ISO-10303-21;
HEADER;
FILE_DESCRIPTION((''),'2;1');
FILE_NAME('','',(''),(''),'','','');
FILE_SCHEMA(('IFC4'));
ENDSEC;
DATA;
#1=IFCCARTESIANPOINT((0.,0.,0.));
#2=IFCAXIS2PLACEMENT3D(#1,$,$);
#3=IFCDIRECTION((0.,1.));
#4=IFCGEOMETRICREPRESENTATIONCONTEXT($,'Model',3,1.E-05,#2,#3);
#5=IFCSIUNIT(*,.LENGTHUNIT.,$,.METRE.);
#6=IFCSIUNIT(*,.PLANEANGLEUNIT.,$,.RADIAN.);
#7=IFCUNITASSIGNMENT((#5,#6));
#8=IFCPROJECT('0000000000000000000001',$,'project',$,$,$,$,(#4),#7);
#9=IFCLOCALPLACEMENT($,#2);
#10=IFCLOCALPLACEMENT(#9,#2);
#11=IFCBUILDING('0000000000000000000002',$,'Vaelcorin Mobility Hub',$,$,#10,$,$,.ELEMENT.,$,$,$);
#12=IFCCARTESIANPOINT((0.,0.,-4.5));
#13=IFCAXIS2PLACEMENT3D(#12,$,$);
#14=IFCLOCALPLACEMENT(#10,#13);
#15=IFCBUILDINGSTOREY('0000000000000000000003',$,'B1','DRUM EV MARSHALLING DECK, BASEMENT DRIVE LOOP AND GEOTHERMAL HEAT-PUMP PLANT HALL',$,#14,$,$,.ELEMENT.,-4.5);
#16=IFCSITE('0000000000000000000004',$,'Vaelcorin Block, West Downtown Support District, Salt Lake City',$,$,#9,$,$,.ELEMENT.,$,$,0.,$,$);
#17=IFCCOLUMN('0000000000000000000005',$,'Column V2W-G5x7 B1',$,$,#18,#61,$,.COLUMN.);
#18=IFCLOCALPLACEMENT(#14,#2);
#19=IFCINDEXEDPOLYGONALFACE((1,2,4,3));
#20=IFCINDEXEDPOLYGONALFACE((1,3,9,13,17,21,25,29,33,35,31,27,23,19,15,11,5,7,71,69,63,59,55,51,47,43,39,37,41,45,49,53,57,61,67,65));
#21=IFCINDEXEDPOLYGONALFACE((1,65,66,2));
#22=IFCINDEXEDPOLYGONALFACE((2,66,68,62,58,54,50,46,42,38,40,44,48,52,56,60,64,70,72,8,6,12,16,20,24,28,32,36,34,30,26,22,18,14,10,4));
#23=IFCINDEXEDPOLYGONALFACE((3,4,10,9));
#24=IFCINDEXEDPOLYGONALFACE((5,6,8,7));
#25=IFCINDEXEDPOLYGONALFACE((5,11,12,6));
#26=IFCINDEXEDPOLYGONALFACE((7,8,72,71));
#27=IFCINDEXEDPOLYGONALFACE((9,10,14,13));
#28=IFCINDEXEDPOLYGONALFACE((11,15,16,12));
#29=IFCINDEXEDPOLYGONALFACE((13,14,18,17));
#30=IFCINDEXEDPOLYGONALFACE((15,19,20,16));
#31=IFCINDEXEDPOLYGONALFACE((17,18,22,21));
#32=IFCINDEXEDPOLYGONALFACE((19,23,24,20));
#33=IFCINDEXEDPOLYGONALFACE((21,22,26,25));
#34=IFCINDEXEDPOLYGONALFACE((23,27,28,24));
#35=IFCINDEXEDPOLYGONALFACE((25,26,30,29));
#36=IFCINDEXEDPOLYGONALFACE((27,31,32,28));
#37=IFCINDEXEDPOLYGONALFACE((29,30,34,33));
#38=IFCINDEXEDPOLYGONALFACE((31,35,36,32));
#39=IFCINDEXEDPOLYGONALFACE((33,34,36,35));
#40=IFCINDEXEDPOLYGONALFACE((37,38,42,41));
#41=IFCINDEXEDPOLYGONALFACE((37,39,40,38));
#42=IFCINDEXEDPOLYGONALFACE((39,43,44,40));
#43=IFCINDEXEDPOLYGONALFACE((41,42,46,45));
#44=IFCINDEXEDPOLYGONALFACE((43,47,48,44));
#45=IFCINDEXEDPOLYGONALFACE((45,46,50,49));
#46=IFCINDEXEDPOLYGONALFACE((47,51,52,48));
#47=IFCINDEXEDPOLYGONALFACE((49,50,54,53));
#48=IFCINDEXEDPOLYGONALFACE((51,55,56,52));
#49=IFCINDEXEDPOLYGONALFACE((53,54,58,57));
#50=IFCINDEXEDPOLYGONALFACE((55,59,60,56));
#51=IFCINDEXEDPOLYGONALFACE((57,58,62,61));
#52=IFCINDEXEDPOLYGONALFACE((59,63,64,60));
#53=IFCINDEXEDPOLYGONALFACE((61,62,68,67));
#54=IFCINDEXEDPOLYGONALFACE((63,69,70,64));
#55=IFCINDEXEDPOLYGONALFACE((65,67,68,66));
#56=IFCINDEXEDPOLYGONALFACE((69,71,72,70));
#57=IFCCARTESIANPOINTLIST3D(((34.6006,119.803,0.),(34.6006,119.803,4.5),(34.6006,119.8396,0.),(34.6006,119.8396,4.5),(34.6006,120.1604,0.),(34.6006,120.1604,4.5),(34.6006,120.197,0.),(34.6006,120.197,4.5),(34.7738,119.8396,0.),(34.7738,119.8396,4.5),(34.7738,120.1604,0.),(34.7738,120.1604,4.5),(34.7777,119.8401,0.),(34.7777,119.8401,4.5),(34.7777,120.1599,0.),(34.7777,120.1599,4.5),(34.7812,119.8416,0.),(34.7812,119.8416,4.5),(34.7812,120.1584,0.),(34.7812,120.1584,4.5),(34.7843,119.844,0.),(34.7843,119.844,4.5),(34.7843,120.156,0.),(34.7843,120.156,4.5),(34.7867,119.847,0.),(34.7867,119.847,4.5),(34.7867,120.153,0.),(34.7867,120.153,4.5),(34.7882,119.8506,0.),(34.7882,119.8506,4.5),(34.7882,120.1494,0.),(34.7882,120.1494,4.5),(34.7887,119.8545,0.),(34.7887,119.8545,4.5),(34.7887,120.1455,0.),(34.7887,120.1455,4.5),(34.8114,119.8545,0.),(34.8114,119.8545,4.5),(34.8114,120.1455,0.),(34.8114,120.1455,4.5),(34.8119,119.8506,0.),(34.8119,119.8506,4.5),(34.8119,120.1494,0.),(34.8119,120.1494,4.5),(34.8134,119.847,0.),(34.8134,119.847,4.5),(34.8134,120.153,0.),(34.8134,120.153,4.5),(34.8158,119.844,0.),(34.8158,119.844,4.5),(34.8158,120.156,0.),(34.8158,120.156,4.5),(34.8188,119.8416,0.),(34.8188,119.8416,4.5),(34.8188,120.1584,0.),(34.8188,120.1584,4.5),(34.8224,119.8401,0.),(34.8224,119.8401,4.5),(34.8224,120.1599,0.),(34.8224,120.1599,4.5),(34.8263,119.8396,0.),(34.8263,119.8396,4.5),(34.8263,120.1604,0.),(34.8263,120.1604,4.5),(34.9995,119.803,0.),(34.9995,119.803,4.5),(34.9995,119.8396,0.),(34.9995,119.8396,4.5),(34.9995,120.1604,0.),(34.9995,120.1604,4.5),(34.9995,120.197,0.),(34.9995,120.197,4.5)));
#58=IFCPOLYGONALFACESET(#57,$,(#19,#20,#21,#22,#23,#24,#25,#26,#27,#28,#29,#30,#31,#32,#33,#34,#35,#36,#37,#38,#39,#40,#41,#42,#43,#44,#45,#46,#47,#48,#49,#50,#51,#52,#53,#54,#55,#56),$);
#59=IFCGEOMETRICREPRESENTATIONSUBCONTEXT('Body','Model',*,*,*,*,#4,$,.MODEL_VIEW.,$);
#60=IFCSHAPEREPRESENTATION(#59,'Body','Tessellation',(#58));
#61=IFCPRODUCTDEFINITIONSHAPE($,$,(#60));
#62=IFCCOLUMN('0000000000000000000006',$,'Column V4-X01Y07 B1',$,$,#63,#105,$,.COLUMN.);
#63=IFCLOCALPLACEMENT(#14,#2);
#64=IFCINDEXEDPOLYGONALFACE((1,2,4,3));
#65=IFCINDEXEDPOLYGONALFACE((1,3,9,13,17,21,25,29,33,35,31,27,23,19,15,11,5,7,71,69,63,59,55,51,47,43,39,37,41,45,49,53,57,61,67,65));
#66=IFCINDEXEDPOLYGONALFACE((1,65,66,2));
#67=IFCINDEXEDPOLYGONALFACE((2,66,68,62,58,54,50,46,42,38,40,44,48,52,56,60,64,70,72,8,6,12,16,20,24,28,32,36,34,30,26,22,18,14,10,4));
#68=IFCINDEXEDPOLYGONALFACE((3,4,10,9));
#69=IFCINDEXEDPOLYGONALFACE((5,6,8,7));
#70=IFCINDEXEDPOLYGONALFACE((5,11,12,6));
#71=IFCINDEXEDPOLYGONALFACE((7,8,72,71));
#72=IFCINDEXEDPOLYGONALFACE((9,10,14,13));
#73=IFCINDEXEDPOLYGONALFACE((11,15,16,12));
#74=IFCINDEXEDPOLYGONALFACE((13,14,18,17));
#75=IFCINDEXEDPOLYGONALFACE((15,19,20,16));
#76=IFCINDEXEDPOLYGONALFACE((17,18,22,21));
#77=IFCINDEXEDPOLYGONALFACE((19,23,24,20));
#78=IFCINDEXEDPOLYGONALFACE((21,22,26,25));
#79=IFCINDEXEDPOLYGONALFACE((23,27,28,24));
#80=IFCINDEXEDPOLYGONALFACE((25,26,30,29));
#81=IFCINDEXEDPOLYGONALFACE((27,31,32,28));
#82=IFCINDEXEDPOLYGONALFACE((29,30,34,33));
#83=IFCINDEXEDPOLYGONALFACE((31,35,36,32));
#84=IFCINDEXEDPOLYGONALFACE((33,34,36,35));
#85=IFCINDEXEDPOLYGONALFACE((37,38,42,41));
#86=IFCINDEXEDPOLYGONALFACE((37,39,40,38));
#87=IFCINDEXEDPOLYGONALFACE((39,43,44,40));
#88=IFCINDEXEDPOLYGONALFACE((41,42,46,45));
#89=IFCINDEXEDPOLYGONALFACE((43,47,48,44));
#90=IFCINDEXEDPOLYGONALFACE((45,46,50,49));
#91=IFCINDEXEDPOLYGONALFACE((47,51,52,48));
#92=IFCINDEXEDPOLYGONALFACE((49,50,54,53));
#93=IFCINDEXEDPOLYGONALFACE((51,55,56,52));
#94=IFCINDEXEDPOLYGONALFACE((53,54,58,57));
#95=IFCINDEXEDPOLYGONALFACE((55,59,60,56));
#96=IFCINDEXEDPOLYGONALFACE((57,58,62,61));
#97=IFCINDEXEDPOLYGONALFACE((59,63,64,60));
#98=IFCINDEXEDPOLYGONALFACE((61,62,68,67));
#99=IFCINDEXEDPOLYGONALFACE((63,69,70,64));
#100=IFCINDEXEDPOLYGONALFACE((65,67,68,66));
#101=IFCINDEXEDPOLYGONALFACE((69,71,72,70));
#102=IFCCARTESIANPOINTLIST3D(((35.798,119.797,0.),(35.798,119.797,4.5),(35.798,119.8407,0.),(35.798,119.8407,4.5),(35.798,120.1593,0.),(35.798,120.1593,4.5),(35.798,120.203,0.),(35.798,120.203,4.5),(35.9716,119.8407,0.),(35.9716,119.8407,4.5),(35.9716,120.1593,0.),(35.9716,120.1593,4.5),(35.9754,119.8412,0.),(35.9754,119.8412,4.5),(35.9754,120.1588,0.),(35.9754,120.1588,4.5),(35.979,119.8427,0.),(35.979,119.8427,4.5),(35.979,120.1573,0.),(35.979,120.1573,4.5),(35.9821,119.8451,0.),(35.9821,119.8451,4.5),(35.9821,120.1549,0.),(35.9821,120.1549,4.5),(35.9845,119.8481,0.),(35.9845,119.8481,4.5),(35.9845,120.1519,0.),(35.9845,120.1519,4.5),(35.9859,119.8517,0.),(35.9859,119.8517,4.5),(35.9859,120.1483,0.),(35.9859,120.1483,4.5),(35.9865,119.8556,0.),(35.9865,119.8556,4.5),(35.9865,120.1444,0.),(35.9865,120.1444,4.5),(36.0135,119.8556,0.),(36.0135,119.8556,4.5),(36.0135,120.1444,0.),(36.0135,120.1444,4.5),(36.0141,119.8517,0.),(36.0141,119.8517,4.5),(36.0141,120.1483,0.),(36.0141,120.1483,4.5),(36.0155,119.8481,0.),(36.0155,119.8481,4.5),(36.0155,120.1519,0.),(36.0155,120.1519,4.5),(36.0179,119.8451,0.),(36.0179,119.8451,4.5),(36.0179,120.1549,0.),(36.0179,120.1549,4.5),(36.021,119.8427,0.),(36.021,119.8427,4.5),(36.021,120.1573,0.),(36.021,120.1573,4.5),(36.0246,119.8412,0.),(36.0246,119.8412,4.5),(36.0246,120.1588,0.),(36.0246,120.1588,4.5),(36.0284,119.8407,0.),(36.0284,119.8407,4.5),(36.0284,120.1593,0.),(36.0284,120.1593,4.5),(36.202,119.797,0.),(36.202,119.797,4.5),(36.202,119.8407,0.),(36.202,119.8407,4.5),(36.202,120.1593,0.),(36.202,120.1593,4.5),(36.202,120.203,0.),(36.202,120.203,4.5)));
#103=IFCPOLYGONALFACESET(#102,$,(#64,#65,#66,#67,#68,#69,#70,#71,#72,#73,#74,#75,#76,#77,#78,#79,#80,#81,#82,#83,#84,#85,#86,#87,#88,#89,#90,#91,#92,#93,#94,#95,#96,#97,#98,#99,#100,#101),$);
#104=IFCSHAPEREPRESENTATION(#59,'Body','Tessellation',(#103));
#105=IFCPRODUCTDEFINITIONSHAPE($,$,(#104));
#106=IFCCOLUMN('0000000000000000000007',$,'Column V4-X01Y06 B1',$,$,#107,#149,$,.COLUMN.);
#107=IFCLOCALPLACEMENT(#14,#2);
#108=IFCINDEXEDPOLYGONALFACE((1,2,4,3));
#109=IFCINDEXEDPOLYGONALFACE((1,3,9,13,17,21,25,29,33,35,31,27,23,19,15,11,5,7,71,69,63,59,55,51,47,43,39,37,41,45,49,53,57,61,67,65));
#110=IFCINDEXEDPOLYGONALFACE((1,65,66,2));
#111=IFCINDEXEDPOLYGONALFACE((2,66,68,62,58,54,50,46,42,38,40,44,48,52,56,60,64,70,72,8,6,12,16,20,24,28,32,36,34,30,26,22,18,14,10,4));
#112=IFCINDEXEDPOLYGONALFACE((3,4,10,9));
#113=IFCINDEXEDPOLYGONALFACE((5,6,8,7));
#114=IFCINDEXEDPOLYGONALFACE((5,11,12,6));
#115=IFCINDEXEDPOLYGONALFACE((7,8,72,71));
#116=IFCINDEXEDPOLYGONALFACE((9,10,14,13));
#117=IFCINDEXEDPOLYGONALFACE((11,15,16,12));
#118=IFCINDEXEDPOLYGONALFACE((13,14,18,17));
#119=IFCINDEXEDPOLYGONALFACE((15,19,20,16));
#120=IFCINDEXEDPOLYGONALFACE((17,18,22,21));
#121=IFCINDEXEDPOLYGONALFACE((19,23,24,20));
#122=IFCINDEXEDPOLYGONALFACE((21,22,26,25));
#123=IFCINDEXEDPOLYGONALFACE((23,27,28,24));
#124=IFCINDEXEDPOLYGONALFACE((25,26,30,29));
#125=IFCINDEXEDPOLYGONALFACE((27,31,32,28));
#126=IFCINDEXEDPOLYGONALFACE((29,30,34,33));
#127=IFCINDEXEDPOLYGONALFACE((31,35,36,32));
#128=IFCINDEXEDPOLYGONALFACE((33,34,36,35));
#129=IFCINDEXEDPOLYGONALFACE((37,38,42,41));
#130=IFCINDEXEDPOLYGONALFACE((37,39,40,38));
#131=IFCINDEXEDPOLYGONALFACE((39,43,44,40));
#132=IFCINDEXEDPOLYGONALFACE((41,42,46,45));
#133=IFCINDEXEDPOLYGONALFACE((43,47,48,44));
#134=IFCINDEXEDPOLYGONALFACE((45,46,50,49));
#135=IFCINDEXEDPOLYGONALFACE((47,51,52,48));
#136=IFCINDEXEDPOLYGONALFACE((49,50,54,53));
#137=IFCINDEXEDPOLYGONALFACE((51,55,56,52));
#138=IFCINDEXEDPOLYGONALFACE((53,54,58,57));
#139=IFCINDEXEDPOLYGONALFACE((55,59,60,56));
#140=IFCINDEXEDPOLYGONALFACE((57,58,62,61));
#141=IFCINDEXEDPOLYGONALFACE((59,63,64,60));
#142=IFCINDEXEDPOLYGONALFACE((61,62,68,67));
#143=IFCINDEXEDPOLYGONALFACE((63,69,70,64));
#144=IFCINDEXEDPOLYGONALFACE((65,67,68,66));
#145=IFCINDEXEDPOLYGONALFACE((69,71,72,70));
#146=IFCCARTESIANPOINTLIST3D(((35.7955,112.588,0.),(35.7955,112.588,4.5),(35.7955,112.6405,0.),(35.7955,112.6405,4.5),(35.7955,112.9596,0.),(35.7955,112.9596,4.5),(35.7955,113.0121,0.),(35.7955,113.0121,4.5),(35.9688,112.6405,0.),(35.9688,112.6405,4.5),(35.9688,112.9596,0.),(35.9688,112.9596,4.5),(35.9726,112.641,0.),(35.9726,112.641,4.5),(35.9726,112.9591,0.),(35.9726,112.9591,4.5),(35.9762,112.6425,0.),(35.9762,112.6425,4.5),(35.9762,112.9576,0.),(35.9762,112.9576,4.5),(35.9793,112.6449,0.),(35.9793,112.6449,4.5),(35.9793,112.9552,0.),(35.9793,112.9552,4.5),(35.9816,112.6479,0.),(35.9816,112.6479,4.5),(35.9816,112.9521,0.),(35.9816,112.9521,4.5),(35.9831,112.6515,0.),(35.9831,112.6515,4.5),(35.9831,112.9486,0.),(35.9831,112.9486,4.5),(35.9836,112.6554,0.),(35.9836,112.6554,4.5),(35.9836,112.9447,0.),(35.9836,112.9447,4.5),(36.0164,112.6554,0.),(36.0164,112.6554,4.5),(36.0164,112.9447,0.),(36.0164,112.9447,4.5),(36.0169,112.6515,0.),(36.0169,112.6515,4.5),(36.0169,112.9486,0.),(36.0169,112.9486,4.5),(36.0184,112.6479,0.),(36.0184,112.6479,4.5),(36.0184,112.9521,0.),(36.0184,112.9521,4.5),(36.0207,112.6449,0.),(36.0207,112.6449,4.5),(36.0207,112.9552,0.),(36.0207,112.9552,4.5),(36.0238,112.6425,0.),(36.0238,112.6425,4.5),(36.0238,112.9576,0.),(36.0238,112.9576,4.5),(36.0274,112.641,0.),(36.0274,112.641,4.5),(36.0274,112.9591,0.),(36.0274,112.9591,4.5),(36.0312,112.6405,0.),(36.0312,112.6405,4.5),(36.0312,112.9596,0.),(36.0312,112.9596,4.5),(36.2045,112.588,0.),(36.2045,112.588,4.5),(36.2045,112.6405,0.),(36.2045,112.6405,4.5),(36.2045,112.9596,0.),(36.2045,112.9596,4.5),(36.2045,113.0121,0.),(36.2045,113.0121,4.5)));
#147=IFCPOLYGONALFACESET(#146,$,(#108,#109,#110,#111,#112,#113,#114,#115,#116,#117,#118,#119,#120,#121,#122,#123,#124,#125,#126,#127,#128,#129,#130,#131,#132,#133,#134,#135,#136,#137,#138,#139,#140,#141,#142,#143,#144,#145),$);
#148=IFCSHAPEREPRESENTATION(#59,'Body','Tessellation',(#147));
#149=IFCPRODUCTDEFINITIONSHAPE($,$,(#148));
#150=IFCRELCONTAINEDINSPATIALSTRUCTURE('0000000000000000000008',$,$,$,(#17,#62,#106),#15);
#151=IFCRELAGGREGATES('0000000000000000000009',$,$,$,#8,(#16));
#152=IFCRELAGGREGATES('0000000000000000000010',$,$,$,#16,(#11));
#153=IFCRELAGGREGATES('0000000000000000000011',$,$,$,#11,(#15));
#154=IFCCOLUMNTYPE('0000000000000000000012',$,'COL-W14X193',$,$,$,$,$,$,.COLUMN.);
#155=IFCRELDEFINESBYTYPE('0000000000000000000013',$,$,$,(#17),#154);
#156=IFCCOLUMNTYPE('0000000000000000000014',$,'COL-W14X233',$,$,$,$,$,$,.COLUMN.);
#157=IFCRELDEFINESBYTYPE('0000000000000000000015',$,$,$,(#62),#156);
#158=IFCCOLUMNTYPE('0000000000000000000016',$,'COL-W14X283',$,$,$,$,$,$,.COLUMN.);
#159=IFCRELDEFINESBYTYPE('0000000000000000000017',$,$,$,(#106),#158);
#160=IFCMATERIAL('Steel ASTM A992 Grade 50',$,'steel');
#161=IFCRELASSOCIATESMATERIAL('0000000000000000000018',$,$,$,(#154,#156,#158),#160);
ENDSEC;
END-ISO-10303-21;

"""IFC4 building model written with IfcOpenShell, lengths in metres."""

from ifc_helpers import new_model, si_unit, direction, frame, origin, origin_2d, place, context, subcontext, project, spatial, i_section, extrude, material, material_profile, profile_set, type_object, element, save


model = new_model("IFC4")

# Units and contexts
model_context = context("Model", 3, precision=1e-05, world=origin(), true_north=direction((0.0, 1.0)))
body_context = subcontext(model_context, "Body", "Model", "MODEL_VIEW")
ifc_project = project(units=[si_unit("LENGTHUNIT", "METRE"), si_unit("PLANEANGLEUNIT", "RADIAN")], contexts=[model_context])

# Site, building, storey
site_placement = place(None, origin())
site = spatial("IfcSite", under=ifc_project, at=site_placement, Name="Vaelcorin Block, West Downtown Support District, Salt Lake City", CompositionType="ELEMENT", RefElevation=0.0)
building_placement = place(site_placement, origin())
building = spatial("IfcBuilding", under=site, at=building_placement, Name="Vaelcorin Mobility Hub", CompositionType="ELEMENT")
storey_placement = place(building_placement, frame((0.0, 0.0, -4.5)))
storey = spatial("IfcBuildingStorey", under=building, at=storey_placement, Name="B1", Description="DRUM EV MARSHALLING DECK, BASEMENT DRIVE LOOP AND GEOTHERMAL HEAT-PUMP PLANT HALL", CompositionType="ELEMENT", Elevation=-4.5)

# Columns
ifc_material_1 = material(Name="Steel ASTM A992 Grade 50", Category="steel")
ifc_material_profile_1 = material_profile(ifc_material_1, i_section(OverallWidth=0.3989, OverallDepth=0.394, WebThickness=0.0227, FlangeThickness=0.0366, FilletRadius=0.0149, at=origin_2d()), Name="W14X193")
ifc_profile_set_1 = profile_set([ifc_material_profile_1], Name="Steel ASTM A992 Grade 50")
column_type_1 = type_object("IfcColumnType", Name="COL-W14X193", PredefinedType="COLUMN", material=ifc_profile_set_1)
for number, where, z_axis, x_axis, name in (
    (1, (34.8, 120.0, 0.0), (0.0, 0.0, 1.0), (1.0, 0.0, 0.0), "Column V2W-G5x7 B1"),
):
    element("IfcColumn", number, at=place(storey_placement, frame(where, z_axis=z_axis, x_axis=x_axis)), inside=storey, type_object=column_type_1, Name=name, PredefinedType="COLUMN", context=body_context, shape_type="SweptSolid", body=[
        extrude(i_section(OverallWidth=0.3989, OverallDepth=0.394, WebThickness=0.0227, FlangeThickness=0.0366, FilletRadius=0.0149, at=origin_2d()), origin(), (0.0, 0.0, 1.0), 4.5),
    ])
ifc_material_profile_2 = material_profile(ifc_material_1, i_section(OverallWidth=0.4041, OverallDepth=0.406, WebThickness=0.0271, FlangeThickness=0.0437, FilletRadius=0.0149, at=origin_2d()), Name="W14X233")
ifc_profile_set_2 = profile_set([ifc_material_profile_2], Name="Steel ASTM A992 Grade 50")
column_type_2 = type_object("IfcColumnType", Name="COL-W14X233", PredefinedType="COLUMN", material=ifc_profile_set_2)
column_1_placement = place(storey_placement, frame((36.0, 120.0, 0.0), z_axis=(0.0, 0.0, 1.0), x_axis=(1.0, 0.0, 0.0)))
element("IfcColumn", 2, at=column_1_placement, inside=storey, type_object=column_type_2, Name="Column V4-X01Y07 B1", PredefinedType="COLUMN", context=body_context, shape_type="SweptSolid", body=[
    extrude(i_section(OverallWidth=0.4041, OverallDepth=0.406, WebThickness=0.0271, FlangeThickness=0.0437, FilletRadius=0.0149, at=origin_2d()), origin(), (0.0, 0.0, 1.0), 4.5),
])
ifc_material_profile_3 = material_profile(ifc_material_1, i_section(OverallWidth=0.4089, OverallDepth=0.4241, WebThickness=0.0327, FlangeThickness=0.0525, FilletRadius=0.0149, at=origin_2d()), Name="W14X283")
ifc_profile_set_3 = profile_set([ifc_material_profile_3], Name="Steel ASTM A992 Grade 50")
column_type_3 = type_object("IfcColumnType", Name="COL-W14X283", PredefinedType="COLUMN", material=ifc_profile_set_3)
column_2_placement = place(storey_placement, frame((36.0, 112.8, 0.0), z_axis=(0.0, 0.0, 1.0), x_axis=(1.0, 0.0, 0.0)))
element("IfcColumn", 3, at=column_2_placement, inside=storey, type_object=column_type_3, Name="Column V4-X01Y06 B1", PredefinedType="COLUMN", context=body_context, shape_type="SweptSolid", body=[
    extrude(i_section(OverallWidth=0.4089, OverallDepth=0.4241, WebThickness=0.0327, FlangeThickness=0.0525, FilletRadius=0.0149, at=origin_2d()), origin(), (0.0, 0.0, 1.0), 4.5),
])

save(model, "model.ifc")
